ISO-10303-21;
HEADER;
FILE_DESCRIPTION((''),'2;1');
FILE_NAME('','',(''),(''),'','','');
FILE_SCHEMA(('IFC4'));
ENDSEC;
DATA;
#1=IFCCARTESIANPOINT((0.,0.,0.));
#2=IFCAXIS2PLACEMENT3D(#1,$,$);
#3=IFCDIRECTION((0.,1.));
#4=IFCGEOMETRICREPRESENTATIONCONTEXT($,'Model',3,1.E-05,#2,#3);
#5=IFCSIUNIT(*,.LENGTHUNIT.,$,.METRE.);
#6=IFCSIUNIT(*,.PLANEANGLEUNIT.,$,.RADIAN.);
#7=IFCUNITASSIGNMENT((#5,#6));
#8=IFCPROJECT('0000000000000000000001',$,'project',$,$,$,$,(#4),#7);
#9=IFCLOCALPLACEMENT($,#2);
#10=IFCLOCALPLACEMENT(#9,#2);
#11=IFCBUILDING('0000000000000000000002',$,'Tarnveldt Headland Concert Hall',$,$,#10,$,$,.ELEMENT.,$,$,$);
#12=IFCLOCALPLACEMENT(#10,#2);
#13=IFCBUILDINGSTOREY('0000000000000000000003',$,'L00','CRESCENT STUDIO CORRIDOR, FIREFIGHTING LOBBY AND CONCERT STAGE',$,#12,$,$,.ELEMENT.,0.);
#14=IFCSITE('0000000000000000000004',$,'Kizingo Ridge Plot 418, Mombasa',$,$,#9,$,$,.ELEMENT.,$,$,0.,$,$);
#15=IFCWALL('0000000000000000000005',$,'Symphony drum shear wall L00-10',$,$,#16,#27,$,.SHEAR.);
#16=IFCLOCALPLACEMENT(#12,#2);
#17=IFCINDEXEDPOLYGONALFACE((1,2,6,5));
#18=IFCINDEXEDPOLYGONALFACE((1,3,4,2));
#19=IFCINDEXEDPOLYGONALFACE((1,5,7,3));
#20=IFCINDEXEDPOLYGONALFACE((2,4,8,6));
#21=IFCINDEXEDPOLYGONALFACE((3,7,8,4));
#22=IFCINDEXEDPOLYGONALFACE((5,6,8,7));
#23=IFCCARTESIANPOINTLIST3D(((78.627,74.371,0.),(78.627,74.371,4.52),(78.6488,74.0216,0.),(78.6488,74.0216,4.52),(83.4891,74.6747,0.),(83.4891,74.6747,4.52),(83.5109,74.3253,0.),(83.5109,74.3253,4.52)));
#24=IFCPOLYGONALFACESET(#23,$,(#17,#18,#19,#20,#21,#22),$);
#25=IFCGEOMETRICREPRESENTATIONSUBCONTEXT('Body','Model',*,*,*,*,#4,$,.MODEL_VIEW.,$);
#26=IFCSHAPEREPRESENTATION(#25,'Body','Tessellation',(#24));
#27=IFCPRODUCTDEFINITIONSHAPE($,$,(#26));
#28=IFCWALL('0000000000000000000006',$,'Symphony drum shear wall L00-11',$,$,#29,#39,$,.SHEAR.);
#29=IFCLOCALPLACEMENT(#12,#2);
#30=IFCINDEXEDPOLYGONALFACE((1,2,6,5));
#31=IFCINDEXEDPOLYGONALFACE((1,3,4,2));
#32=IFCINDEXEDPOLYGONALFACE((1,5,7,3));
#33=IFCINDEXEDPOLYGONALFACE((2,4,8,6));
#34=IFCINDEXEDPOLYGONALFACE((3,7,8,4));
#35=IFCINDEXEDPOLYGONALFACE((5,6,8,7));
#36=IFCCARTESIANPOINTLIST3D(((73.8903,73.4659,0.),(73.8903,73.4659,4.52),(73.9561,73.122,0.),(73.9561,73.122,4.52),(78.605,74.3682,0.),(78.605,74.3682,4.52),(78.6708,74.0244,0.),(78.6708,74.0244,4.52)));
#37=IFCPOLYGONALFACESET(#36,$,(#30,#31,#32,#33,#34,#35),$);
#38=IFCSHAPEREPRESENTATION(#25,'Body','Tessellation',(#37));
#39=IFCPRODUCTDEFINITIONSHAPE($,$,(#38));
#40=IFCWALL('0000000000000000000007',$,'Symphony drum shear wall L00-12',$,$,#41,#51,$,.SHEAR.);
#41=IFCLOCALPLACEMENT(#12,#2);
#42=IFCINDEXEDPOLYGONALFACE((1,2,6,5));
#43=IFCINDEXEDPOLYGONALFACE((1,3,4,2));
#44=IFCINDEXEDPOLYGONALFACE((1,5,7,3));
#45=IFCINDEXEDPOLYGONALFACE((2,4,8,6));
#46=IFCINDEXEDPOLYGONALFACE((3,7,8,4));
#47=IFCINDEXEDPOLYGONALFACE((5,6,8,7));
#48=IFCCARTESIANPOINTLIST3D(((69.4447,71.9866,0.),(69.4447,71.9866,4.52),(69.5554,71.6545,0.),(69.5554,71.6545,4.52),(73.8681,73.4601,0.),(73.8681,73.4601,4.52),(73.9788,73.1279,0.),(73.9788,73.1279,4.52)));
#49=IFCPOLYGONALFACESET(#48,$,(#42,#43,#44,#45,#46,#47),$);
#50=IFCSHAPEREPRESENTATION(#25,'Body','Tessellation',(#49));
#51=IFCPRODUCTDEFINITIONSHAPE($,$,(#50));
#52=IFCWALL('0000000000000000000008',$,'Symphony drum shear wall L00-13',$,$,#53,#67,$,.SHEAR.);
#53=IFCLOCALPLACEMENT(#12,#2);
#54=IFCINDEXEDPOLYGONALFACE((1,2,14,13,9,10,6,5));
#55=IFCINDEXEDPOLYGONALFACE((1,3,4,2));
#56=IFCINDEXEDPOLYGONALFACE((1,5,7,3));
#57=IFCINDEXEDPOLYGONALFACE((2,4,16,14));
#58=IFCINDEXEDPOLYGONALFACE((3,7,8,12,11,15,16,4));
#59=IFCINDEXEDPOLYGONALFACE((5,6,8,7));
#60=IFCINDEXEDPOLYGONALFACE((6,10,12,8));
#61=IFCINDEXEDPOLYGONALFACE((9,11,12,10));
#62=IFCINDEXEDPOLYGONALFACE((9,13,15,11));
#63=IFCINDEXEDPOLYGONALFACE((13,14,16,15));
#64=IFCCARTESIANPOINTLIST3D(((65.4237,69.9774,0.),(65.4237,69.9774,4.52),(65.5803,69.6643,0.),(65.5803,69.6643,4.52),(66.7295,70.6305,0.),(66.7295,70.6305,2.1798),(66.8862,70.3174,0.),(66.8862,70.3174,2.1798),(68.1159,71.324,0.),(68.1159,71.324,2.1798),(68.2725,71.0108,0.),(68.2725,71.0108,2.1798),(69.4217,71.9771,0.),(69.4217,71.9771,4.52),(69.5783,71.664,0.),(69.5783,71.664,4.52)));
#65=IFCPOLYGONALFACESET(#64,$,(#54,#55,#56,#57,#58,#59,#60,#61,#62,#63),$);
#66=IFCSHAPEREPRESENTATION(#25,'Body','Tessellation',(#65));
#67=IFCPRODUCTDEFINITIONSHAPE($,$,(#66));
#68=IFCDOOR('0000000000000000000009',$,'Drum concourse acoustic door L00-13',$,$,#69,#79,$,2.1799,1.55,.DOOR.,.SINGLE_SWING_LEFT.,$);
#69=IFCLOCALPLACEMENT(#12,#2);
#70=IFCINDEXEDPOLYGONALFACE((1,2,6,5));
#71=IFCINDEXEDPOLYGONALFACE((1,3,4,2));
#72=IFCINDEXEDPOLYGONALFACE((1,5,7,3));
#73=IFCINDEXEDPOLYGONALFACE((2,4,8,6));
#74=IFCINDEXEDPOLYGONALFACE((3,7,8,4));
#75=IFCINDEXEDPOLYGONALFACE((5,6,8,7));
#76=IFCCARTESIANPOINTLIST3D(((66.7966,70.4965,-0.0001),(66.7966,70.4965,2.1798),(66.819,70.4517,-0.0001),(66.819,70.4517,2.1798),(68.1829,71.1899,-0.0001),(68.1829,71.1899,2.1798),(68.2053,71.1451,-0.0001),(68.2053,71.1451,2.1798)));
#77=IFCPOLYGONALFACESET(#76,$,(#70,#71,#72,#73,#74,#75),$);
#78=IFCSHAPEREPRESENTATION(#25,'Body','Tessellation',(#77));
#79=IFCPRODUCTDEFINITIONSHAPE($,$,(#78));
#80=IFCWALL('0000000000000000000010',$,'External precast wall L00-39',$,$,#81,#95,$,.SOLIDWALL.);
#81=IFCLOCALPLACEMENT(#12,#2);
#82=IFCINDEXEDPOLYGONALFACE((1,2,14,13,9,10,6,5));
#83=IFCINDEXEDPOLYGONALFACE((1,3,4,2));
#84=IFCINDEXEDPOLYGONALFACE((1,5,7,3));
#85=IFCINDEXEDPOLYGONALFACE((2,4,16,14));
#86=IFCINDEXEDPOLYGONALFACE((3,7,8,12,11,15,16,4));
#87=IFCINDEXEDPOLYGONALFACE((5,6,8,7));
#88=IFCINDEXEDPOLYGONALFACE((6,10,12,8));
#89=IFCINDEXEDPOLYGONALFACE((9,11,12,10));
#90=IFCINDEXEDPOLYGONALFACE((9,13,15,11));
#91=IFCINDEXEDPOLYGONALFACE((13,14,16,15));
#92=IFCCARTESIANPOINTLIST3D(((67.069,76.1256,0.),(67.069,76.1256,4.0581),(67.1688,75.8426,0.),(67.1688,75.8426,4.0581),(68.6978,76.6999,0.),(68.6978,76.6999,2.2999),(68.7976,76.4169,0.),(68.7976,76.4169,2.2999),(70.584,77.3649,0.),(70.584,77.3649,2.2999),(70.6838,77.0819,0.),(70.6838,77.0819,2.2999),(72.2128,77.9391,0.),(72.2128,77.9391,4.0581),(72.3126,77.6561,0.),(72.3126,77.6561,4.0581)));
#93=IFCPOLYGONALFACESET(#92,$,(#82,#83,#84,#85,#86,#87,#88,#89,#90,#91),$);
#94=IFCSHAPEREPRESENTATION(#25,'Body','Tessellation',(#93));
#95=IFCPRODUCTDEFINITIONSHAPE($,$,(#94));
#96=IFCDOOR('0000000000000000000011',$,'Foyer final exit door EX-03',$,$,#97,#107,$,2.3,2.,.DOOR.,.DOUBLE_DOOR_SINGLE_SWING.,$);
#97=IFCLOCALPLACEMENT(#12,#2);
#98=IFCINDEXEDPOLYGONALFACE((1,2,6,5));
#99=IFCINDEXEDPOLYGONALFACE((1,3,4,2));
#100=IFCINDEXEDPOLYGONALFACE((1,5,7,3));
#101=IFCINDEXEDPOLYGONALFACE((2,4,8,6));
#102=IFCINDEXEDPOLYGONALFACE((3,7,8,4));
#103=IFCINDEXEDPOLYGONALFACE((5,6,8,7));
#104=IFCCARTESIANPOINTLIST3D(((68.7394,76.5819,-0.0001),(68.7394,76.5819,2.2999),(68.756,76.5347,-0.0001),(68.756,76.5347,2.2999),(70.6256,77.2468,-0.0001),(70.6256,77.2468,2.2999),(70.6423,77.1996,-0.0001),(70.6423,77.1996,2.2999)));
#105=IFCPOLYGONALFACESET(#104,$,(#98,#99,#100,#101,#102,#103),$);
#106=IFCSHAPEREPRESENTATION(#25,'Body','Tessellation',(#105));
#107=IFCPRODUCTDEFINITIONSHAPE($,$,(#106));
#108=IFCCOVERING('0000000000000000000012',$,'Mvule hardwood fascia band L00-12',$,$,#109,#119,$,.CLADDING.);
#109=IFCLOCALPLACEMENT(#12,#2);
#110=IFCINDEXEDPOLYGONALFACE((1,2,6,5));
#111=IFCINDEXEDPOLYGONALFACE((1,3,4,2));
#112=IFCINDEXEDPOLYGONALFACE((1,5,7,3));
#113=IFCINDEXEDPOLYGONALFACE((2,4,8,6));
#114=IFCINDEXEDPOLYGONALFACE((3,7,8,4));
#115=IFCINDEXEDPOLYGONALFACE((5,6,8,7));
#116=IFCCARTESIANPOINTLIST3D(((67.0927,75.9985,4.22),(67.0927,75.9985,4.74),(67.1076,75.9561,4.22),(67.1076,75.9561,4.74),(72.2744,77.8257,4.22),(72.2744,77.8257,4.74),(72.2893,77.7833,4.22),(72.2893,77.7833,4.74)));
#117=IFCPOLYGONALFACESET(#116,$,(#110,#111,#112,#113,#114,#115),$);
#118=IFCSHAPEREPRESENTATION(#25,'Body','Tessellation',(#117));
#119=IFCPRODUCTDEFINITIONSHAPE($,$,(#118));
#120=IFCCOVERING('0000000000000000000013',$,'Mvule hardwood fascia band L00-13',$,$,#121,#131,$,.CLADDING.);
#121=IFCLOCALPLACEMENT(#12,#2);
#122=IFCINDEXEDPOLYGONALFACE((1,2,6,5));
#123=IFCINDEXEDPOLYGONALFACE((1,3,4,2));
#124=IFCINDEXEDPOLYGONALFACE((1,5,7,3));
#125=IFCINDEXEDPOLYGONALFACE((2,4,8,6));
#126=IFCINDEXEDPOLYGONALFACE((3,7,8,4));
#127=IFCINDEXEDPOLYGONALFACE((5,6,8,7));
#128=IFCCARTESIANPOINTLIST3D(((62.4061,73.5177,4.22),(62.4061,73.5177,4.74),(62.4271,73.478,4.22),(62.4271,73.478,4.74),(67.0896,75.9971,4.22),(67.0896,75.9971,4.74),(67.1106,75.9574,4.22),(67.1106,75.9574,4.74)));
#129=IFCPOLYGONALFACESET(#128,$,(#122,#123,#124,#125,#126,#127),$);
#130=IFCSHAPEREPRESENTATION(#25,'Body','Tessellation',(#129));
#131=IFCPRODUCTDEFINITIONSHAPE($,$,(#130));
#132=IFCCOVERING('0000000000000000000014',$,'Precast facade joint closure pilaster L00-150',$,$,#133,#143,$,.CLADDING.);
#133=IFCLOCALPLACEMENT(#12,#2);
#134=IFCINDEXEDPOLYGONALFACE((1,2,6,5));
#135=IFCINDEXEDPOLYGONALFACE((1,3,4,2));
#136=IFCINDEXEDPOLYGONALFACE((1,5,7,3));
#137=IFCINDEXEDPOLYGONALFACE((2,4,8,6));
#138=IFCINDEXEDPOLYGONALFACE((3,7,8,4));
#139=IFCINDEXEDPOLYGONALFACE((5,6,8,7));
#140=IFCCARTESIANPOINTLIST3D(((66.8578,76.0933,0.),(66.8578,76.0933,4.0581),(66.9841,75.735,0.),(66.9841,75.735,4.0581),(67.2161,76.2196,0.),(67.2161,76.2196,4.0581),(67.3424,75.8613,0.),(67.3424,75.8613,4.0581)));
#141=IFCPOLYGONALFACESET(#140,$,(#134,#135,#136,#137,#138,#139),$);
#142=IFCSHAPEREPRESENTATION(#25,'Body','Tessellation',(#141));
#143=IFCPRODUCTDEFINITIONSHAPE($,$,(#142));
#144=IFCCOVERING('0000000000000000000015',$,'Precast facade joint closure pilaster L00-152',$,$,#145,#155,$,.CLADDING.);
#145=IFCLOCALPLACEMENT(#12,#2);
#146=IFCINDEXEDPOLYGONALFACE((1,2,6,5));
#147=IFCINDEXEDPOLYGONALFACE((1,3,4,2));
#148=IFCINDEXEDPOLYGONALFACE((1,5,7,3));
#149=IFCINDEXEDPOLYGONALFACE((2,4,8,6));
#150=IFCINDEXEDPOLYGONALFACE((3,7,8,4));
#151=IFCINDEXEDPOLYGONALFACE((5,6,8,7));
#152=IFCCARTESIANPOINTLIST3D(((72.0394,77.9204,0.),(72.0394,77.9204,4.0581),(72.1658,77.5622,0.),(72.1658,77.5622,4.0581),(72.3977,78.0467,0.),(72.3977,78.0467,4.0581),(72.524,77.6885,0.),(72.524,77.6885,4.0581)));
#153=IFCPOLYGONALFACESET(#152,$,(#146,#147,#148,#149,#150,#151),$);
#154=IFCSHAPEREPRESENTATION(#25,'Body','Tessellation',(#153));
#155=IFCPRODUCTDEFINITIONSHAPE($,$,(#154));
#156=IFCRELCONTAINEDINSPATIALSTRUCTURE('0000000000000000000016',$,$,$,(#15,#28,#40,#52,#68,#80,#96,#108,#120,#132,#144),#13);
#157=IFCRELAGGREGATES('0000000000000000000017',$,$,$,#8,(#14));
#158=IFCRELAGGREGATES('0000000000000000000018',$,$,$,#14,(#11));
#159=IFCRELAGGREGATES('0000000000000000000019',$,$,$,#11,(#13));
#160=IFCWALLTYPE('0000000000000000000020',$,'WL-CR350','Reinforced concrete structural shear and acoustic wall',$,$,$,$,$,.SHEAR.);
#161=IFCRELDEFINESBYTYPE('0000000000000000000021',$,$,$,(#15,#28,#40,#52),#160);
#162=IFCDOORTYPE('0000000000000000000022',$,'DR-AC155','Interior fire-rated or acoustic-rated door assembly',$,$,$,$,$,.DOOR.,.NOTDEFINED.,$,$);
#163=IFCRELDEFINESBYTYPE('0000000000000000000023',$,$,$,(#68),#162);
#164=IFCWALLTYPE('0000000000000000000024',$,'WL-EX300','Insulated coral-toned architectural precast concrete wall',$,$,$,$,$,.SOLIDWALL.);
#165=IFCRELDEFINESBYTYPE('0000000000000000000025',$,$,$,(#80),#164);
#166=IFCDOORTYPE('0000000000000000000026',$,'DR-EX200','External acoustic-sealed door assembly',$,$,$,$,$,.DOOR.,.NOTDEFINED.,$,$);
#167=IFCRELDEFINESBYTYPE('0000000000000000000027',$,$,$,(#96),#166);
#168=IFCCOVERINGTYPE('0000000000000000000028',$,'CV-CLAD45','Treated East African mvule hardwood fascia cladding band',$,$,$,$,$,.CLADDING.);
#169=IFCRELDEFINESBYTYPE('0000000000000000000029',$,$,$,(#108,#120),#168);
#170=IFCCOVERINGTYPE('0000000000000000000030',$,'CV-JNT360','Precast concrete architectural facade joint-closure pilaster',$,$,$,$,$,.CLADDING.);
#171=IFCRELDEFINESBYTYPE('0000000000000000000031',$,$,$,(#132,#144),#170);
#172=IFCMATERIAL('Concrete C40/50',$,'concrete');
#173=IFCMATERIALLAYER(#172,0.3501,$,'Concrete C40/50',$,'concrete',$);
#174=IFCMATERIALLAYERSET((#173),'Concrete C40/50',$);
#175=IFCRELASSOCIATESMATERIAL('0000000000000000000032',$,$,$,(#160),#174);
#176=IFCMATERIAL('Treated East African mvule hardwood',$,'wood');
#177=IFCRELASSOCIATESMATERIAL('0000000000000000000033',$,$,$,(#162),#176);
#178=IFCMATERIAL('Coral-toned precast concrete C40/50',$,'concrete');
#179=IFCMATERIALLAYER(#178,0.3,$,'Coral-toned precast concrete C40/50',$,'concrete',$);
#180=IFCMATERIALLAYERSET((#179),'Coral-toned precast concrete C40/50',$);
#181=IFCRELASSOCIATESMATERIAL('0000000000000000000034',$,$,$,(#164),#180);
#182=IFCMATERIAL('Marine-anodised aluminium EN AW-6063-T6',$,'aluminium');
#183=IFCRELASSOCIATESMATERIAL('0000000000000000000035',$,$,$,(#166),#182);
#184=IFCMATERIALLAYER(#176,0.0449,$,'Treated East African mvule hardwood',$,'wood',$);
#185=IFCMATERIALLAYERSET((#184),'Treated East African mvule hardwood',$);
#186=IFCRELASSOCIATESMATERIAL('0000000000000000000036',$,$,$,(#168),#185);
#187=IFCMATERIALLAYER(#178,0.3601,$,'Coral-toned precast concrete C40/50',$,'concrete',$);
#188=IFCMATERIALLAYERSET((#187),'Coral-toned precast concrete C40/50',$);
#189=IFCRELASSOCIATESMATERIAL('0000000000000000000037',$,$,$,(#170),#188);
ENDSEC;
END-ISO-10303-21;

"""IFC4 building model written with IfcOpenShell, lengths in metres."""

from ifc_helpers import new_model, si_unit, direction, frame, frame_2d, origin, origin_2d, place, context, subcontext, project, spatial, rectangle, extrude, material, layer, layer_set, type_object, element, fill, save


model = new_model("IFC4")

# Units and contexts
model_context = context("Model", 3, precision=1e-05, world=origin(), true_north=direction((0.0, 1.0)))
body_context = subcontext(model_context, "Body", "Model", "MODEL_VIEW")
ifc_project = project(units=[si_unit("LENGTHUNIT", "METRE"), si_unit("PLANEANGLEUNIT", "RADIAN")], contexts=[model_context])

# Site, building, storey
site_placement = place(None, origin())
site = spatial("IfcSite", under=ifc_project, at=site_placement, Name="Kizingo Ridge Plot 418, Mombasa", CompositionType="ELEMENT", RefElevation=0.0)
building_placement = place(site_placement, origin())
building = spatial("IfcBuilding", under=site, at=building_placement, Name="Tarnveldt Headland Concert Hall", CompositionType="ELEMENT")
storey_placement = place(building_placement, origin())
storey = spatial("IfcBuildingStorey", under=building, at=storey_placement, Name="L00", Description="CRESCENT STUDIO CORRIDOR, FIREFIGHTING LOBBY AND CONCERT STAGE", CompositionType="ELEMENT", Elevation=0.0)

# Shared definitions
ifc_material_1 = material(Name="Concrete C40/50", Category="concrete")

# Shared definitions
ifc_material_2 = material(Name="Marine-anodised aluminium EN AW-6063-T6", Category="aluminium")

# Walls
ifc_layer_1 = layer(ifc_material_1, 0.3501, Name="Concrete C40/50", Category="concrete")
ifc_layer_set_1 = layer_set([ifc_layer_1], Name="Concrete C40/50")
wall_type_1 = type_object("IfcWallType", Name="WL-CR350", Description="Reinforced concrete structural shear and acoustic wall", PredefinedType="SHEAR", material=ifc_layer_set_1)
wall_1_placement = place(storey_placement, frame((83.5, 74.5, 0.0), z_axis=(0.0, 0.0, 1.0), x_axis=(-0.998055, -0.062344, 0.0)))
element("IfcWall", 1, at=wall_1_placement, inside=storey, type_object=wall_type_1, Name="Symphony drum shear wall L00-10", PredefinedType="SHEAR", context=body_context, shape_type="SweptSolid", body=[
    extrude(rectangle(XDim=4.8716, YDim=0.3501, at=frame_2d((2.4358, 0.0))), origin(), (0.0, 0.0, 1.0), 4.52),
])
wall_2_placement = place(storey_placement, frame((78.6379, 74.1963, 0.0), z_axis=(0.0, 0.0, 1.0), x_axis=(-0.982173, -0.187981, 0.0)))
element("IfcWall", 2, at=wall_2_placement, inside=storey, type_object=wall_type_1, Name="Symphony drum shear wall L00-11", PredefinedType="SHEAR", context=body_context, shape_type="SweptSolid", body=[
    extrude(rectangle(XDim=4.8003, YDim=0.3501, at=frame_2d((2.4001, 0.0))), origin(), (0.0, 0.0, 1.0), 4.52),
])
wall_3_placement = place(storey_placement, frame((73.9233, 73.2939, 0.0), z_axis=(0.0, 0.0, 1.0), x_axis=(-0.948751, -0.316024, 0.0)))
element("IfcWall", 3, at=wall_3_placement, inside=storey, type_object=wall_type_1, Name="Symphony drum shear wall L00-12", PredefinedType="SHEAR", context=body_context, shape_type="SweptSolid", body=[
    extrude(rectangle(XDim=4.6624, YDim=0.3501, at=frame_2d((2.3311, 0.0))), origin(), (0.0, 0.0, 1.0), 4.52),
])

# Walls, openings, doors
wall_4_placement = place(storey_placement, frame((69.5, 71.8206, 0.0), z_axis=(0.0, 0.0, 1.0), x_axis=(-0.894362, -0.447345, 0.0)))
wall_4 = element("IfcWall", 4, at=wall_4_placement, inside=storey, type_object=wall_type_1, Name="Symphony drum shear wall L00-13", PredefinedType="SHEAR", context=body_context, shape_type="SweptSolid", body=[
    extrude(rectangle(XDim=4.4702, YDim=0.3501, at=frame_2d((2.2351, 0.0))), origin(), (0.0, 0.0, 1.0), 4.52),
])
opening_1_placement = place(wall_4_placement, frame((1.4602, 0.0, 0.0)))
opening_1 = element("IfcOpeningElement", 5, at=opening_1_placement, cuts=wall_4, PredefinedType="OPENING", context=body_context, shape_type="SweptSolid", body=[
    extrude(rectangle(XDim=1.55, YDim=2.1799, at=frame_2d((0.7749, 1.0898))), frame((0.0, 0.1851, 0.0), z_axis=(0.0, -1.0, 0.0), x_axis=(1.0, 0.0, 0.0)), (0.0, 0.0, 1.0), 0.3701),
])
ifc_material_3 = material(Name="Treated East African mvule hardwood", Category="wood")
door_type_1 = type_object("IfcDoorType", Name="DR-AC155", Description="Interior fire-rated or acoustic-rated door assembly", OperationType="NOTDEFINED", PredefinedType="DOOR", material=ifc_material_3)
door_1_placement = place(opening_1_placement, origin())
door_1 = element("IfcDoor", 6, at=door_1_placement, inside=storey, type_object=door_type_1, Name="Drum concourse acoustic door L00-13", OperationType="SINGLE_SWING_LEFT", OverallHeight=2.1799, OverallWidth=1.55, PredefinedType="DOOR", context=body_context, shape_type="SweptSolid", body=[
    extrude(rectangle(XDim=1.55, YDim=2.1799, at=frame_2d((0.7749, 1.0898))), frame((0.0, 0.0249, 0.0), z_axis=(0.0, -1.0, 0.0), x_axis=(1.0, 0.0, 0.0)), (0.0, 0.0, 1.0), 0.05),
])
fill(opening_1, door_1)
ifc_material_4 = material(Name="Coral-toned precast concrete C40/50", Category="concrete")
ifc_layer_2 = layer(ifc_material_4, 0.3, Name="Coral-toned precast concrete C40/50", Category="concrete")
ifc_layer_set_2 = layer_set([ifc_layer_2], Name="Coral-toned precast concrete C40/50")
wall_type_2 = type_object("IfcWallType", Name="WL-EX300", Description="Insulated coral-toned architectural precast concrete wall", PredefinedType="SOLIDWALL", material=ifc_layer_set_2)
wall_5_placement = place(storey_placement, frame((67.1189, 75.9841, 0.0), z_axis=(0.0, 0.0, 1.0), x_axis=(0.943104, 0.332497, 0.0)))
wall_5 = element("IfcWall", 7, at=wall_5_placement, inside=storey, type_object=wall_type_2, Name="External precast wall L00-39", PredefinedType="SOLIDWALL", context=body_context, shape_type="SweptSolid", body=[
    extrude(rectangle(XDim=5.4541, YDim=0.3, at=frame_2d((2.7271, 0.0))), origin(), (0.0, 0.0, 1.0), 4.0581),
])
opening_2_placement = place(wall_5_placement, frame((1.7271, 0.0, 0.0)))
opening_2 = element("IfcOpeningElement", 8, at=opening_2_placement, cuts=wall_5, PredefinedType="OPENING", context=body_context, shape_type="SweptSolid", body=[
    extrude(rectangle(XDim=2.0, YDim=2.3, at=frame_2d((1.0, 1.1499))), frame((0.0, 0.1599, 0.0), z_axis=(0.0, -1.0, 0.0), x_axis=(1.0, 0.0, 0.0)), (0.0, 0.0, 1.0), 0.3201),
])
door_type_2 = type_object("IfcDoorType", Name="DR-EX200", Description="External acoustic-sealed door assembly", OperationType="NOTDEFINED", PredefinedType="DOOR", material=ifc_material_2)
door_2_placement = place(opening_2_placement, origin())
door_2 = element("IfcDoor", 9, at=door_2_placement, inside=storey, type_object=door_type_2, Name="Foyer final exit door EX-03", OperationType="DOUBLE_DOOR_SINGLE_SWING", OverallHeight=2.3, OverallWidth=2.0, PredefinedType="DOOR", context=body_context, shape_type="SweptSolid", body=[
    extrude(rectangle(XDim=2.0, YDim=2.3, at=frame_2d((1.0, 1.1499))), frame((0.0, 0.0249, 0.0), z_axis=(0.0, -1.0, 0.0), x_axis=(1.0, 0.0, 0.0)), (0.0, 0.0, 1.0), 0.05),
])
fill(opening_2, door_2)

# Coverings
ifc_layer_3 = layer(ifc_material_3, 0.0449, Name="Treated East African mvule hardwood", Category="wood")
ifc_layer_set_3 = layer_set([ifc_layer_3], Name="Treated East African mvule hardwood")
covering_type_1 = type_object("IfcCoveringType", Name="CV-CLAD45", Description="Treated East African mvule hardwood fascia cladding band", PredefinedType="CLADDING", material=ifc_layer_set_3)
covering_1_placement = place(storey_placement, frame((72.2817, 77.8044, 4.22), z_axis=(0.0, 0.0, 1.0), x_axis=(-0.943085, -0.33255, 0.0)))
element("IfcCovering", 10, at=covering_1_placement, inside=storey, type_object=covering_type_1, Name="Mvule hardwood fascia band L00-12", PredefinedType="CLADDING", context=body_context, shape_type="SweptSolid", body=[
    extrude(rectangle(XDim=5.4944, YDim=0.0449, at=frame_2d((2.7471, 0.0))), origin(), (0.0, 0.0, 1.0), 0.52),
])
covering_2_placement = place(storey_placement, frame((67.1001, 75.9773, 4.22), z_axis=(0.0, 0.0, 1.0), x_axis=(-0.883792, -0.467879, 0.0)))
element("IfcCovering", 11, at=covering_2_placement, inside=storey, type_object=covering_type_1, Name="Mvule hardwood fascia band L00-13", PredefinedType="CLADDING", context=body_context, shape_type="SweptSolid", body=[
    extrude(rectangle(XDim=5.2993, YDim=0.0449, at=frame_2d((2.6497, 0.0))), origin(), (0.0, 0.0, 1.0), 0.52),
])
ifc_layer_4 = layer(ifc_material_4, 0.3601, Name="Coral-toned precast concrete C40/50", Category="concrete")
ifc_layer_set_4 = layer_set([ifc_layer_4], Name="Coral-toned precast concrete C40/50")
covering_type_2 = type_object("IfcCoveringType", Name="CV-JNT360", Description="Precast concrete architectural facade joint-closure pilaster", PredefinedType="CLADDING", material=ifc_layer_set_4)
for number, where, z_axis, x_axis, name in (
    (12, (67.1001, 75.9773, 0.0), (0.0, 0.0, 1.0), (0.943107, 0.33249, 0.0), "Precast facade joint closure pilaster L00-150"),
    (13, (72.2817, 77.8044, 0.0), (0.0, 0.0, 1.0), (0.943107, 0.33249, 0.0), "Precast facade joint closure pilaster L00-152"),
):
    element("IfcCovering", number, at=place(storey_placement, frame(where, z_axis=z_axis, x_axis=x_axis)), inside=storey, type_object=covering_type_2, Name=name, PredefinedType="CLADDING", context=body_context, shape_type="SweptSolid", body=[
        extrude(rectangle(XDim=0.3799, YDim=0.3799, at=origin_2d()), origin(), (0.0, 0.0, 1.0), 4.0581),
    ])

save(model, "model.ifc")
